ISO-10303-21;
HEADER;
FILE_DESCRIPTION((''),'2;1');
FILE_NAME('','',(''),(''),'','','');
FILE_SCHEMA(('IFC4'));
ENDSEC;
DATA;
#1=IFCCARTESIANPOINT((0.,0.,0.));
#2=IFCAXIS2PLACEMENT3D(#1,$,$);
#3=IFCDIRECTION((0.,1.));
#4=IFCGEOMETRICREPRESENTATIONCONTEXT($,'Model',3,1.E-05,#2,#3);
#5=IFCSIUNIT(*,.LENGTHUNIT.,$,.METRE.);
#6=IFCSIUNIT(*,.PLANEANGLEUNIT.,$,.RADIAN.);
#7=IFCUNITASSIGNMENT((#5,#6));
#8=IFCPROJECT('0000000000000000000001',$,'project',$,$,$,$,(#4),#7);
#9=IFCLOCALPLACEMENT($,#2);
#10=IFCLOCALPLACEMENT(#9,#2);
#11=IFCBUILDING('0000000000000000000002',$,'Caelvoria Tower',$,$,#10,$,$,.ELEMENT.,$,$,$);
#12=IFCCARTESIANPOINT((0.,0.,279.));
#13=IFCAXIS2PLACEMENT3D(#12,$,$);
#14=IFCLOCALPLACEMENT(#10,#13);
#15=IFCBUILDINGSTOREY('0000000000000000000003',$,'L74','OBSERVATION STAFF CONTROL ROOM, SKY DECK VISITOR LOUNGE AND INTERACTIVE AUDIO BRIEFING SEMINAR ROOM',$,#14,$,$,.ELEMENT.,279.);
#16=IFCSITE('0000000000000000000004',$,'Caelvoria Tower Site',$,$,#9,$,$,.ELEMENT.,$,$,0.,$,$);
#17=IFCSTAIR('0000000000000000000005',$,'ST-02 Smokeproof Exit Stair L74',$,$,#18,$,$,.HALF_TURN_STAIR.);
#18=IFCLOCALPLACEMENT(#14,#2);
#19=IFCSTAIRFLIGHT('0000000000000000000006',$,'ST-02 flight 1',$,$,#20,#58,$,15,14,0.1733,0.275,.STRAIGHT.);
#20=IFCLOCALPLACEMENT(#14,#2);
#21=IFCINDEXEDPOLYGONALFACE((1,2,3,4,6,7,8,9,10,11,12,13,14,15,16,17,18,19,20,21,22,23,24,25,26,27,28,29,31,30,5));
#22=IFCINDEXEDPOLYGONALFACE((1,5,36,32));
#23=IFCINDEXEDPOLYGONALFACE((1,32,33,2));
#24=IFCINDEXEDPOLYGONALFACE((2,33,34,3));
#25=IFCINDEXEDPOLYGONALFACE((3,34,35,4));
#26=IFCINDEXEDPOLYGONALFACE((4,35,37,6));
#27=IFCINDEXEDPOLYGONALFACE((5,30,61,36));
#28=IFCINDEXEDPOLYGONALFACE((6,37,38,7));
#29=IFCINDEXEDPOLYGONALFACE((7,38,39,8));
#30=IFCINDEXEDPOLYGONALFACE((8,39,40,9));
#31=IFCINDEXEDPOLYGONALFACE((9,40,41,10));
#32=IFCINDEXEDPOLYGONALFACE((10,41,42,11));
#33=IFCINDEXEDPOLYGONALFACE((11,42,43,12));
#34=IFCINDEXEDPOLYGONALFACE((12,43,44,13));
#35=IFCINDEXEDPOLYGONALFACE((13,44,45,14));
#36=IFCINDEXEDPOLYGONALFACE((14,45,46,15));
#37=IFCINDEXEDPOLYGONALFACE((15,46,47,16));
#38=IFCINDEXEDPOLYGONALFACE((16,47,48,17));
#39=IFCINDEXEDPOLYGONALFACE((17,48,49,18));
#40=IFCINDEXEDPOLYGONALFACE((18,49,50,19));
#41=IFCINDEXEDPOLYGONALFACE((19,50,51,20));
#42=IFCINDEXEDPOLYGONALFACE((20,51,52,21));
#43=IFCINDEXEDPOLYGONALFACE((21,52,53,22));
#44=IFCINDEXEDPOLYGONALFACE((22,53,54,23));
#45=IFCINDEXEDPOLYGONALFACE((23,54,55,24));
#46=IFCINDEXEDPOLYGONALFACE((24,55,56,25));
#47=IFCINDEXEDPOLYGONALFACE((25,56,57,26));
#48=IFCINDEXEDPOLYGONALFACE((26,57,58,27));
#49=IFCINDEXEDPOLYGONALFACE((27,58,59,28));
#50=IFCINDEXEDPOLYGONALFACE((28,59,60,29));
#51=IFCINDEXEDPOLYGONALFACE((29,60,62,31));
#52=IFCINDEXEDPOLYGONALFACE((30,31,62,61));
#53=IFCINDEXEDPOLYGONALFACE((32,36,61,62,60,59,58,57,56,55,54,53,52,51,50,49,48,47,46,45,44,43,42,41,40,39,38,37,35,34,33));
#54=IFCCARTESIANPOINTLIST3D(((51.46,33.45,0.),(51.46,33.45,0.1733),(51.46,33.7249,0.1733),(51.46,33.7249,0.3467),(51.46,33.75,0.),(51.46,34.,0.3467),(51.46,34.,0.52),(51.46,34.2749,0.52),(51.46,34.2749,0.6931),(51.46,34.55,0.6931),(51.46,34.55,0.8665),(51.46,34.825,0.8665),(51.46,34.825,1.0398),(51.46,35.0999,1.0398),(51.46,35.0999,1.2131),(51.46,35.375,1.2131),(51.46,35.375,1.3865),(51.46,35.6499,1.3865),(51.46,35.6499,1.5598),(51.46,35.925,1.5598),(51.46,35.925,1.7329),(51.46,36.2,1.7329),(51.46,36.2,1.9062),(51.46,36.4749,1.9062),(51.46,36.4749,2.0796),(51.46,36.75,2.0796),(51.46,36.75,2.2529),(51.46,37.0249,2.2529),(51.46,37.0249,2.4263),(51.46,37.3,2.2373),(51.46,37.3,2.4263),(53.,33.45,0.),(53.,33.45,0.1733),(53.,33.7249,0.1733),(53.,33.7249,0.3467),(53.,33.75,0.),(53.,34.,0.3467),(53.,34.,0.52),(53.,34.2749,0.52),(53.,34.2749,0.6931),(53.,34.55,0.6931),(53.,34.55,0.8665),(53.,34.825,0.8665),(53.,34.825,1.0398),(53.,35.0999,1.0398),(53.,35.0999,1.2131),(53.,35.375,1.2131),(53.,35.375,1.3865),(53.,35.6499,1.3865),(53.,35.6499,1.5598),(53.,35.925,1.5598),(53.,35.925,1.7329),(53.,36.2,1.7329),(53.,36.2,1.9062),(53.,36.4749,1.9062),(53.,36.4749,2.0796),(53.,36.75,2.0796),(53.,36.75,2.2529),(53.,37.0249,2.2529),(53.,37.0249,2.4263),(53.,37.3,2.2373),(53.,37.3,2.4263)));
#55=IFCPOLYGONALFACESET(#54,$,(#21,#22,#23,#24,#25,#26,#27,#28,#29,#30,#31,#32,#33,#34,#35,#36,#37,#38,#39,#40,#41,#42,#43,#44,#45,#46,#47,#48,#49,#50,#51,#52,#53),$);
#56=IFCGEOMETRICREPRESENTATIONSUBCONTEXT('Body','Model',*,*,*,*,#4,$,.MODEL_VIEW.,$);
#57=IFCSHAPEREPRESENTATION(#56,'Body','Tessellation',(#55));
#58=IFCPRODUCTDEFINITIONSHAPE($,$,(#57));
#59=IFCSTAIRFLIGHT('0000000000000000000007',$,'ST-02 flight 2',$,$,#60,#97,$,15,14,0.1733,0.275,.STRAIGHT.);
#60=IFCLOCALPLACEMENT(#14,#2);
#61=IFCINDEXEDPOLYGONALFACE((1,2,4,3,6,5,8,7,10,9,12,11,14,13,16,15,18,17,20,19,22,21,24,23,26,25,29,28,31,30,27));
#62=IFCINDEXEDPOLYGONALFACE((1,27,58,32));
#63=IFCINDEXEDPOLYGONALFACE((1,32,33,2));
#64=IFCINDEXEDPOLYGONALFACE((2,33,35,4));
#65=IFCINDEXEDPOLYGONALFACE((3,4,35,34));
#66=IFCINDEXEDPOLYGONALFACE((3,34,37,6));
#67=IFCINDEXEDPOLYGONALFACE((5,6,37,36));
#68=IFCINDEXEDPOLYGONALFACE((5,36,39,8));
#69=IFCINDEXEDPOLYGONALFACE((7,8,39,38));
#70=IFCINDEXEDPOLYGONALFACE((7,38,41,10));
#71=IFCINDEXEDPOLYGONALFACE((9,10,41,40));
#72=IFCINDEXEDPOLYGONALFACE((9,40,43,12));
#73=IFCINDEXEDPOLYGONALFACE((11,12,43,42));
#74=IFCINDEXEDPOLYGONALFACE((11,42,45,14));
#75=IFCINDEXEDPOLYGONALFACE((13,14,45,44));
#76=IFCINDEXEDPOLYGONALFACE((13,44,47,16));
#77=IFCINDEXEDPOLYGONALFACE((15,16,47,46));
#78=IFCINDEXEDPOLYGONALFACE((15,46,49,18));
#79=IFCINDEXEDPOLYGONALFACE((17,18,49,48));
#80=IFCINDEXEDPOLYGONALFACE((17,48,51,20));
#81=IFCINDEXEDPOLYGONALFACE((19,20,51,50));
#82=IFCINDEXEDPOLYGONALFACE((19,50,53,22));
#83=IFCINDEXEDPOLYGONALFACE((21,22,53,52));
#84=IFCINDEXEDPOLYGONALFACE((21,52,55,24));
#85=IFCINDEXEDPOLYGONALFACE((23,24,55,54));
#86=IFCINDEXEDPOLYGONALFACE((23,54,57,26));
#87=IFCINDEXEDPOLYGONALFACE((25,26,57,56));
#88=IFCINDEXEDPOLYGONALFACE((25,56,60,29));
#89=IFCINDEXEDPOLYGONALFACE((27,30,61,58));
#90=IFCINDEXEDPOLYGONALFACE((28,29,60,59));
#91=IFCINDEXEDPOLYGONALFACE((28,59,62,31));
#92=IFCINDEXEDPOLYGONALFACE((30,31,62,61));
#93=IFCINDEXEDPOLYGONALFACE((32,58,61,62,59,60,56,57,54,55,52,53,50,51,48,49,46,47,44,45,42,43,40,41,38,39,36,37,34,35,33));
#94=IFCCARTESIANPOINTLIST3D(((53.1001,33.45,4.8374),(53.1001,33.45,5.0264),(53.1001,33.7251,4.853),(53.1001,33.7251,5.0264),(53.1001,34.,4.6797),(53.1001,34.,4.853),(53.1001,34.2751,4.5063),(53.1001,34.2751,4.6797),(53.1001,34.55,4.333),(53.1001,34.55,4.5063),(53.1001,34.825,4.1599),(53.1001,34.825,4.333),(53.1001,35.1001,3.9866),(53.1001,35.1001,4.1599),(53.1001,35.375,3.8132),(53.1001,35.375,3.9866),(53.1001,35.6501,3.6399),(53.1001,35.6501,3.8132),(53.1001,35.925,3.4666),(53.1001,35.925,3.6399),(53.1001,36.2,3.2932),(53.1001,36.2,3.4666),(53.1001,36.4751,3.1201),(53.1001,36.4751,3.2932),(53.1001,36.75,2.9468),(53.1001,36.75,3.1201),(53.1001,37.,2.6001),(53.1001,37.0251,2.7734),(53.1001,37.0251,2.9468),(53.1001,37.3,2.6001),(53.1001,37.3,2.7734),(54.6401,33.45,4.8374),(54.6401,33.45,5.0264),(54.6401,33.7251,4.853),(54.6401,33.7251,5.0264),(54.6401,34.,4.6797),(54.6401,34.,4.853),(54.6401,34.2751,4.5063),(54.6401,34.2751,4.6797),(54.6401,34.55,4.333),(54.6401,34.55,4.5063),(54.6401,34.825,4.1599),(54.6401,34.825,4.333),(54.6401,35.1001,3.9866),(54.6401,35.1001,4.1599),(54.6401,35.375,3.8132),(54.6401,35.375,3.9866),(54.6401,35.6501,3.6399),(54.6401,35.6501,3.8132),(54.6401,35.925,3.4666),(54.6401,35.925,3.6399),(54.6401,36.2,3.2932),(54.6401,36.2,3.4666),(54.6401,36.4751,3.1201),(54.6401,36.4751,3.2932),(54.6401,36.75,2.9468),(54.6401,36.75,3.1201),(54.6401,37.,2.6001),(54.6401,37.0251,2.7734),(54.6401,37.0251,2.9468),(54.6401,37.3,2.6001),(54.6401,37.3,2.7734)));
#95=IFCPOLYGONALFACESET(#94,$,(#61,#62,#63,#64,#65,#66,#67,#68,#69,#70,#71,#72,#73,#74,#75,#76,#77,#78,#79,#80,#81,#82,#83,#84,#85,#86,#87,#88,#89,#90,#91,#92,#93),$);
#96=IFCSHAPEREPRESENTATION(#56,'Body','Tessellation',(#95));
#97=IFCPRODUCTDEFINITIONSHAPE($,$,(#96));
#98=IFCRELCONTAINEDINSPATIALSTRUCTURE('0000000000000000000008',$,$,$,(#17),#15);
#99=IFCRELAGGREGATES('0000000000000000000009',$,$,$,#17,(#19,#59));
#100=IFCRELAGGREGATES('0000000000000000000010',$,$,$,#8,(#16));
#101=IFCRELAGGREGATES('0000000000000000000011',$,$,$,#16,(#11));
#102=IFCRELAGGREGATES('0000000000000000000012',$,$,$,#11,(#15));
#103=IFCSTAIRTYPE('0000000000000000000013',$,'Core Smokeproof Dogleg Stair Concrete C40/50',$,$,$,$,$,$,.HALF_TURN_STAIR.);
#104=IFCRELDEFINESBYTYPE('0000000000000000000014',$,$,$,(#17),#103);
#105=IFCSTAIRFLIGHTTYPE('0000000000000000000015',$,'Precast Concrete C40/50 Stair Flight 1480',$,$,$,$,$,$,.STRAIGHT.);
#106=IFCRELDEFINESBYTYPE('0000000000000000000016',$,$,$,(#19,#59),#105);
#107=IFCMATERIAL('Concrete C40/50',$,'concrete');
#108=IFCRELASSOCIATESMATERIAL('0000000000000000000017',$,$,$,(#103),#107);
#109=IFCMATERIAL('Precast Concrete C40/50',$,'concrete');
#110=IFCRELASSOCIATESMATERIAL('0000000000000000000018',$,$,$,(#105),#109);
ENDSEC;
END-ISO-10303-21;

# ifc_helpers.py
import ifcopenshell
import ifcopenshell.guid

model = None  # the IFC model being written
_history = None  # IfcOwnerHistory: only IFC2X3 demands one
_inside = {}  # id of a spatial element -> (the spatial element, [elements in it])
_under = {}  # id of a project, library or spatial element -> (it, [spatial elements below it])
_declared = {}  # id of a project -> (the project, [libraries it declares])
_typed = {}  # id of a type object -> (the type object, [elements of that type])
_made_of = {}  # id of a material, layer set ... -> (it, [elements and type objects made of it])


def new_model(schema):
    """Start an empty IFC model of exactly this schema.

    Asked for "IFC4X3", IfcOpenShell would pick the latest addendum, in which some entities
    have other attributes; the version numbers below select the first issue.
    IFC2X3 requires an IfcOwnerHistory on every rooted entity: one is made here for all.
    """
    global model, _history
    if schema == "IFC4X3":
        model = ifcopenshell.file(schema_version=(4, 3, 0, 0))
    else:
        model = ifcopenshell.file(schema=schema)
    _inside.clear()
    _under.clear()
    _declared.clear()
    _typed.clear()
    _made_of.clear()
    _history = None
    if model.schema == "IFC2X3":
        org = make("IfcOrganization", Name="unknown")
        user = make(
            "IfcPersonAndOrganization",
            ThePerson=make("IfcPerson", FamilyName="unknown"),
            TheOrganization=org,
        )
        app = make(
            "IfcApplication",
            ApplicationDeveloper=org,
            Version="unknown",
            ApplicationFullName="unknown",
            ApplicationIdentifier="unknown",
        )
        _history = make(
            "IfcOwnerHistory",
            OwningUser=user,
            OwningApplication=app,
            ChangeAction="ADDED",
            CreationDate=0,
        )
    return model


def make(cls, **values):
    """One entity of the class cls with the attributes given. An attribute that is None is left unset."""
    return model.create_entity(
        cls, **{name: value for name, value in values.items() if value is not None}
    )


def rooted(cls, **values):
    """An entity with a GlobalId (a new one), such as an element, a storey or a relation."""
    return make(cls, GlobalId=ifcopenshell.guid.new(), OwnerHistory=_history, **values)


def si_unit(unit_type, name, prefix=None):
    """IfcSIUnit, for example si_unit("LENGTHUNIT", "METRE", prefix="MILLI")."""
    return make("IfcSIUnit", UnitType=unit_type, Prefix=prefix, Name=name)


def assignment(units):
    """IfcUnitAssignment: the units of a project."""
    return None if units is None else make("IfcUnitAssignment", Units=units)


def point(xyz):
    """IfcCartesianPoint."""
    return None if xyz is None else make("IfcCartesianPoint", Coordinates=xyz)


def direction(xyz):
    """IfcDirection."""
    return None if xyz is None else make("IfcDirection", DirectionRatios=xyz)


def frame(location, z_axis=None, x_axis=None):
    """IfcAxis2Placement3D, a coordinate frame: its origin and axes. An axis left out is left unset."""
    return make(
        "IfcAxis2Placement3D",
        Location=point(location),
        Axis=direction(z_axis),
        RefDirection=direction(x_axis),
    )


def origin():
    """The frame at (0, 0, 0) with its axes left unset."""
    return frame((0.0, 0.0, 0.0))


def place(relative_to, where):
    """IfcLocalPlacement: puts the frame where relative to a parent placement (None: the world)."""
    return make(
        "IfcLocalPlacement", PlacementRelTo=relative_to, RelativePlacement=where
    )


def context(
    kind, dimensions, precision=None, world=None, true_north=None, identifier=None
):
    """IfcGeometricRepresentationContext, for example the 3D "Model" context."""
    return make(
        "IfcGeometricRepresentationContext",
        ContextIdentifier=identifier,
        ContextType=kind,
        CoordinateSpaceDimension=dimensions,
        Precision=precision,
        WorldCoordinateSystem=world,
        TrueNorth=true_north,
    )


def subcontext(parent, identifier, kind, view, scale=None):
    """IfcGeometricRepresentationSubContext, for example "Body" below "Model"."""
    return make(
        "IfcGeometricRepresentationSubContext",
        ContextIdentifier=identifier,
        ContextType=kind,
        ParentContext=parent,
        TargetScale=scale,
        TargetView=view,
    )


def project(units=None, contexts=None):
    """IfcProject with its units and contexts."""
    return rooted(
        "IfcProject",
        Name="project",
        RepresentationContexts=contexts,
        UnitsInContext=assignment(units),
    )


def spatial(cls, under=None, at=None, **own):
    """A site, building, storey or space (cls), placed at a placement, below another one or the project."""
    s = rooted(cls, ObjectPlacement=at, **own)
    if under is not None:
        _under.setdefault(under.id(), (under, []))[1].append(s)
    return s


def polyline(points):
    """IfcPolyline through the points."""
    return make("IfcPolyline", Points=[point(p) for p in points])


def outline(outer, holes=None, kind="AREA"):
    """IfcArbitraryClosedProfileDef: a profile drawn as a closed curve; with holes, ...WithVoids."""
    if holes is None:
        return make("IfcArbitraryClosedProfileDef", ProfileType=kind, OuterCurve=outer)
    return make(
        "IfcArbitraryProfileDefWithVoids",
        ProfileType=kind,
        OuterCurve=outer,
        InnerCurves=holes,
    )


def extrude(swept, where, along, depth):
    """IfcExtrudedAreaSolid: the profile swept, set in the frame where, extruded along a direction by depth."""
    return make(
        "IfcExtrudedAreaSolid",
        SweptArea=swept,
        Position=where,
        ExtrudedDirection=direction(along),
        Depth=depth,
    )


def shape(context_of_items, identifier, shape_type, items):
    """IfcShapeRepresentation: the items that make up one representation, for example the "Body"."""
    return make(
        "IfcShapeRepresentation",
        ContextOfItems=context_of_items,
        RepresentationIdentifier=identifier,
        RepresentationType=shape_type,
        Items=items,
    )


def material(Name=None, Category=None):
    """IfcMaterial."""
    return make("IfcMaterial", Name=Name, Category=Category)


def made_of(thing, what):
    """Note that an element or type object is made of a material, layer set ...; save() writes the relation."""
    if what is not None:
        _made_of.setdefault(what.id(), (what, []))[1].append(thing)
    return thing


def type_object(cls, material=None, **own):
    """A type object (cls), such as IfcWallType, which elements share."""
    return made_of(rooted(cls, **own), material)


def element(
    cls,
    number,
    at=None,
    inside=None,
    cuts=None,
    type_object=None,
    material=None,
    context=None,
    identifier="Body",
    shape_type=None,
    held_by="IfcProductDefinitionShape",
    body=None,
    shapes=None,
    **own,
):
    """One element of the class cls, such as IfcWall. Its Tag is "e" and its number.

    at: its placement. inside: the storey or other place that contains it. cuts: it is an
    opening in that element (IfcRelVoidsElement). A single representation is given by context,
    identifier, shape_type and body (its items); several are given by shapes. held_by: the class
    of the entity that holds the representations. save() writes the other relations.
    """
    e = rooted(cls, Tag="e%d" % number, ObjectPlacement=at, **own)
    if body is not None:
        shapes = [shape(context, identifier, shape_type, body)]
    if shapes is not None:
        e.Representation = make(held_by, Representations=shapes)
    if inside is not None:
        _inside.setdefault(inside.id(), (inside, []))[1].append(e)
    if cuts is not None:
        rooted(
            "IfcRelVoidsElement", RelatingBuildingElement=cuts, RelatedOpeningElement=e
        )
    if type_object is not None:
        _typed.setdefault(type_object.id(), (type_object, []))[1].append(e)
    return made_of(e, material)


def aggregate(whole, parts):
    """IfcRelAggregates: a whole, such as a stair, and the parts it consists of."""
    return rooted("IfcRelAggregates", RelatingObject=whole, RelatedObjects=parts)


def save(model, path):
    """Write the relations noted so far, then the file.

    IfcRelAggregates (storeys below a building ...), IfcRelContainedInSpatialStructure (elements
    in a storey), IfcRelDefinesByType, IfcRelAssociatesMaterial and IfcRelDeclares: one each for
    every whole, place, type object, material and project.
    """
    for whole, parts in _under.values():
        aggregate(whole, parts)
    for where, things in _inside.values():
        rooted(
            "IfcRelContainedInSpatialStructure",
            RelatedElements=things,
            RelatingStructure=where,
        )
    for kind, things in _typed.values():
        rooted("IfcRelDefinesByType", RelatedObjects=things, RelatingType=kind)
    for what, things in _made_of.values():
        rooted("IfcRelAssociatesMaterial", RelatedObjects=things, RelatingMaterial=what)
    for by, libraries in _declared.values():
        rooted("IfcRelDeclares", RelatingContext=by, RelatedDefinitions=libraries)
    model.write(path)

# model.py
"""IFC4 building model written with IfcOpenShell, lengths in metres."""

from ifc_helpers import new_model, si_unit, direction, frame, origin, place, context, subcontext, project, spatial, polyline, outline, extrude, material, type_object, element, aggregate, save


model = new_model("IFC4")

# Units and contexts
model_context = context("Model", 3, precision=1e-05, world=origin(), true_north=direction((0.0, 1.0)))
body_context = subcontext(model_context, "Body", "Model", "MODEL_VIEW")
ifc_project = project(units=[si_unit("LENGTHUNIT", "METRE"), si_unit("PLANEANGLEUNIT", "RADIAN")], contexts=[model_context])

# Site, building, storey
site_placement = place(None, origin())
site = spatial("IfcSite", under=ifc_project, at=site_placement, Name="Caelvoria Tower Site", CompositionType="ELEMENT", RefElevation=0.0)
building_placement = place(site_placement, origin())
building = spatial("IfcBuilding", under=site, at=building_placement, Name="Caelvoria Tower", CompositionType="ELEMENT")
storey_placement = place(building_placement, frame((0.0, 0.0, 279.0)))
storey = spatial("IfcBuildingStorey", under=building, at=storey_placement, Name="L74", Description="OBSERVATION STAFF CONTROL ROOM, SKY DECK VISITOR LOUNGE AND INTERACTIVE AUDIO BRIEFING SEMINAR ROOM", CompositionType="ELEMENT", Elevation=279.0)

# Stair, stair flights
ifc_material_1 = material(Name="Concrete C40/50", Category="concrete")
stair_type = type_object("IfcStairType", Name="Core Smokeproof Dogleg Stair Concrete C40/50", PredefinedType="HALF_TURN_STAIR", material=ifc_material_1)
stair_placement = place(storey_placement, origin())
stair = element("IfcStair", 1, at=stair_placement, inside=storey, type_object=stair_type, Name="ST-02 Smokeproof Exit Stair L74", PredefinedType="HALF_TURN_STAIR")
ifc_material_2 = material(Name="Precast Concrete C40/50", Category="concrete")
stair_flight_type = type_object("IfcStairFlightType", Name="Precast Concrete C40/50 Stair Flight 1480", PredefinedType="STRAIGHT", material=ifc_material_2)
stair_flight_1_placement = place(storey_placement, frame((52.23, 33.45, 0.0), z_axis=(0.0, 0.0, 1.0), x_axis=(0.0, 1.0, 0.0)))
stair_flight_1 = element("IfcStairFlight", 2, at=stair_flight_1_placement, type_object=stair_flight_type, Name="ST-02 flight 1", NumberOfRisers=15, NumberOfTreads=14, PredefinedType="STRAIGHT", RiserHeight=0.1733, TreadLength=0.275, context=body_context, shape_type="SweptSolid", body=[
    extrude(outline(polyline([(0.0, 0.0), (0.0, 0.1733), (0.2749, 0.1733), (0.2749, 0.3467), (0.55, 0.3467), (0.55, 0.52), (0.825, 0.52), (0.825, 0.6931), (1.1001, 0.6931), (1.1001, 0.8665), (1.375, 0.8665), (1.375, 1.0398), (1.6499, 1.0398), (1.6499, 1.2131), (1.925, 1.2131), (1.925, 1.3865), (2.2, 1.3865), (2.2, 1.5598), (2.4751, 1.5598), (2.4751, 1.7329), (2.75, 1.7329), (2.75, 1.9062), (3.0249, 1.9062), (3.0249, 2.0796), (3.3, 2.0796), (3.3, 2.2529), (3.575, 2.2529), (3.575, 2.4263), (3.8501, 2.4263), (3.8501, 2.5996), (3.8501, 2.2373), (0.3, 0.0), (0.0, 0.0)])), frame((0.0, 0.77, 0.0), z_axis=(0.0, -1.0, 0.0), x_axis=(1.0, 0.0, 0.0)), (0.0, 0.0, 1.0), 1.54),
])
stair_flight_2_placement = place(storey_placement, frame((53.8701, 37.3, 2.6001), z_axis=(0.0, 0.0, 1.0), x_axis=(0.0, -1.0, 0.0)))
stair_flight_2 = element("IfcStairFlight", 3, at=stair_flight_2_placement, type_object=stair_flight_type, Name="ST-02 flight 2", NumberOfRisers=15, NumberOfTreads=14, PredefinedType="STRAIGHT", RiserHeight=0.1733, TreadLength=0.275, context=body_context, shape_type="SweptSolid", body=[
    extrude(outline(polyline([(0.0, 0.0), (0.0, 0.1733), (0.2749, 0.1733), (0.2749, 0.3467), (0.55, 0.3467), (0.55, 0.52), (0.825, 0.52), (0.825, 0.6931), (1.1001, 0.6931), (1.1001, 0.8665), (1.375, 0.8665), (1.375, 1.0398), (1.6499, 1.0398), (1.6499, 1.2131), (1.925, 1.2131), (1.925, 1.3865), (2.2, 1.3865), (2.2, 1.5598), (2.4751, 1.5598), (2.4751, 1.7329), (2.75, 1.7329), (2.75, 1.9062), (3.0249, 1.9062), (3.0249, 2.0796), (3.3, 2.0796), (3.3, 2.2529), (3.575, 2.2529), (3.575, 2.4263), (3.8501, 2.4263), (3.8501, 2.5996), (3.8501, 2.2373), (0.3, 0.0), (0.0, 0.0)])), frame((0.0, 0.77, 0.0), z_axis=(0.0, -1.0, 0.0), x_axis=(1.0, 0.0, 0.0)), (0.0, 0.0, 1.0), 1.54),
])
aggregate(stair, [stair_flight_1, stair_flight_2])

save(model, "model.ifc")
